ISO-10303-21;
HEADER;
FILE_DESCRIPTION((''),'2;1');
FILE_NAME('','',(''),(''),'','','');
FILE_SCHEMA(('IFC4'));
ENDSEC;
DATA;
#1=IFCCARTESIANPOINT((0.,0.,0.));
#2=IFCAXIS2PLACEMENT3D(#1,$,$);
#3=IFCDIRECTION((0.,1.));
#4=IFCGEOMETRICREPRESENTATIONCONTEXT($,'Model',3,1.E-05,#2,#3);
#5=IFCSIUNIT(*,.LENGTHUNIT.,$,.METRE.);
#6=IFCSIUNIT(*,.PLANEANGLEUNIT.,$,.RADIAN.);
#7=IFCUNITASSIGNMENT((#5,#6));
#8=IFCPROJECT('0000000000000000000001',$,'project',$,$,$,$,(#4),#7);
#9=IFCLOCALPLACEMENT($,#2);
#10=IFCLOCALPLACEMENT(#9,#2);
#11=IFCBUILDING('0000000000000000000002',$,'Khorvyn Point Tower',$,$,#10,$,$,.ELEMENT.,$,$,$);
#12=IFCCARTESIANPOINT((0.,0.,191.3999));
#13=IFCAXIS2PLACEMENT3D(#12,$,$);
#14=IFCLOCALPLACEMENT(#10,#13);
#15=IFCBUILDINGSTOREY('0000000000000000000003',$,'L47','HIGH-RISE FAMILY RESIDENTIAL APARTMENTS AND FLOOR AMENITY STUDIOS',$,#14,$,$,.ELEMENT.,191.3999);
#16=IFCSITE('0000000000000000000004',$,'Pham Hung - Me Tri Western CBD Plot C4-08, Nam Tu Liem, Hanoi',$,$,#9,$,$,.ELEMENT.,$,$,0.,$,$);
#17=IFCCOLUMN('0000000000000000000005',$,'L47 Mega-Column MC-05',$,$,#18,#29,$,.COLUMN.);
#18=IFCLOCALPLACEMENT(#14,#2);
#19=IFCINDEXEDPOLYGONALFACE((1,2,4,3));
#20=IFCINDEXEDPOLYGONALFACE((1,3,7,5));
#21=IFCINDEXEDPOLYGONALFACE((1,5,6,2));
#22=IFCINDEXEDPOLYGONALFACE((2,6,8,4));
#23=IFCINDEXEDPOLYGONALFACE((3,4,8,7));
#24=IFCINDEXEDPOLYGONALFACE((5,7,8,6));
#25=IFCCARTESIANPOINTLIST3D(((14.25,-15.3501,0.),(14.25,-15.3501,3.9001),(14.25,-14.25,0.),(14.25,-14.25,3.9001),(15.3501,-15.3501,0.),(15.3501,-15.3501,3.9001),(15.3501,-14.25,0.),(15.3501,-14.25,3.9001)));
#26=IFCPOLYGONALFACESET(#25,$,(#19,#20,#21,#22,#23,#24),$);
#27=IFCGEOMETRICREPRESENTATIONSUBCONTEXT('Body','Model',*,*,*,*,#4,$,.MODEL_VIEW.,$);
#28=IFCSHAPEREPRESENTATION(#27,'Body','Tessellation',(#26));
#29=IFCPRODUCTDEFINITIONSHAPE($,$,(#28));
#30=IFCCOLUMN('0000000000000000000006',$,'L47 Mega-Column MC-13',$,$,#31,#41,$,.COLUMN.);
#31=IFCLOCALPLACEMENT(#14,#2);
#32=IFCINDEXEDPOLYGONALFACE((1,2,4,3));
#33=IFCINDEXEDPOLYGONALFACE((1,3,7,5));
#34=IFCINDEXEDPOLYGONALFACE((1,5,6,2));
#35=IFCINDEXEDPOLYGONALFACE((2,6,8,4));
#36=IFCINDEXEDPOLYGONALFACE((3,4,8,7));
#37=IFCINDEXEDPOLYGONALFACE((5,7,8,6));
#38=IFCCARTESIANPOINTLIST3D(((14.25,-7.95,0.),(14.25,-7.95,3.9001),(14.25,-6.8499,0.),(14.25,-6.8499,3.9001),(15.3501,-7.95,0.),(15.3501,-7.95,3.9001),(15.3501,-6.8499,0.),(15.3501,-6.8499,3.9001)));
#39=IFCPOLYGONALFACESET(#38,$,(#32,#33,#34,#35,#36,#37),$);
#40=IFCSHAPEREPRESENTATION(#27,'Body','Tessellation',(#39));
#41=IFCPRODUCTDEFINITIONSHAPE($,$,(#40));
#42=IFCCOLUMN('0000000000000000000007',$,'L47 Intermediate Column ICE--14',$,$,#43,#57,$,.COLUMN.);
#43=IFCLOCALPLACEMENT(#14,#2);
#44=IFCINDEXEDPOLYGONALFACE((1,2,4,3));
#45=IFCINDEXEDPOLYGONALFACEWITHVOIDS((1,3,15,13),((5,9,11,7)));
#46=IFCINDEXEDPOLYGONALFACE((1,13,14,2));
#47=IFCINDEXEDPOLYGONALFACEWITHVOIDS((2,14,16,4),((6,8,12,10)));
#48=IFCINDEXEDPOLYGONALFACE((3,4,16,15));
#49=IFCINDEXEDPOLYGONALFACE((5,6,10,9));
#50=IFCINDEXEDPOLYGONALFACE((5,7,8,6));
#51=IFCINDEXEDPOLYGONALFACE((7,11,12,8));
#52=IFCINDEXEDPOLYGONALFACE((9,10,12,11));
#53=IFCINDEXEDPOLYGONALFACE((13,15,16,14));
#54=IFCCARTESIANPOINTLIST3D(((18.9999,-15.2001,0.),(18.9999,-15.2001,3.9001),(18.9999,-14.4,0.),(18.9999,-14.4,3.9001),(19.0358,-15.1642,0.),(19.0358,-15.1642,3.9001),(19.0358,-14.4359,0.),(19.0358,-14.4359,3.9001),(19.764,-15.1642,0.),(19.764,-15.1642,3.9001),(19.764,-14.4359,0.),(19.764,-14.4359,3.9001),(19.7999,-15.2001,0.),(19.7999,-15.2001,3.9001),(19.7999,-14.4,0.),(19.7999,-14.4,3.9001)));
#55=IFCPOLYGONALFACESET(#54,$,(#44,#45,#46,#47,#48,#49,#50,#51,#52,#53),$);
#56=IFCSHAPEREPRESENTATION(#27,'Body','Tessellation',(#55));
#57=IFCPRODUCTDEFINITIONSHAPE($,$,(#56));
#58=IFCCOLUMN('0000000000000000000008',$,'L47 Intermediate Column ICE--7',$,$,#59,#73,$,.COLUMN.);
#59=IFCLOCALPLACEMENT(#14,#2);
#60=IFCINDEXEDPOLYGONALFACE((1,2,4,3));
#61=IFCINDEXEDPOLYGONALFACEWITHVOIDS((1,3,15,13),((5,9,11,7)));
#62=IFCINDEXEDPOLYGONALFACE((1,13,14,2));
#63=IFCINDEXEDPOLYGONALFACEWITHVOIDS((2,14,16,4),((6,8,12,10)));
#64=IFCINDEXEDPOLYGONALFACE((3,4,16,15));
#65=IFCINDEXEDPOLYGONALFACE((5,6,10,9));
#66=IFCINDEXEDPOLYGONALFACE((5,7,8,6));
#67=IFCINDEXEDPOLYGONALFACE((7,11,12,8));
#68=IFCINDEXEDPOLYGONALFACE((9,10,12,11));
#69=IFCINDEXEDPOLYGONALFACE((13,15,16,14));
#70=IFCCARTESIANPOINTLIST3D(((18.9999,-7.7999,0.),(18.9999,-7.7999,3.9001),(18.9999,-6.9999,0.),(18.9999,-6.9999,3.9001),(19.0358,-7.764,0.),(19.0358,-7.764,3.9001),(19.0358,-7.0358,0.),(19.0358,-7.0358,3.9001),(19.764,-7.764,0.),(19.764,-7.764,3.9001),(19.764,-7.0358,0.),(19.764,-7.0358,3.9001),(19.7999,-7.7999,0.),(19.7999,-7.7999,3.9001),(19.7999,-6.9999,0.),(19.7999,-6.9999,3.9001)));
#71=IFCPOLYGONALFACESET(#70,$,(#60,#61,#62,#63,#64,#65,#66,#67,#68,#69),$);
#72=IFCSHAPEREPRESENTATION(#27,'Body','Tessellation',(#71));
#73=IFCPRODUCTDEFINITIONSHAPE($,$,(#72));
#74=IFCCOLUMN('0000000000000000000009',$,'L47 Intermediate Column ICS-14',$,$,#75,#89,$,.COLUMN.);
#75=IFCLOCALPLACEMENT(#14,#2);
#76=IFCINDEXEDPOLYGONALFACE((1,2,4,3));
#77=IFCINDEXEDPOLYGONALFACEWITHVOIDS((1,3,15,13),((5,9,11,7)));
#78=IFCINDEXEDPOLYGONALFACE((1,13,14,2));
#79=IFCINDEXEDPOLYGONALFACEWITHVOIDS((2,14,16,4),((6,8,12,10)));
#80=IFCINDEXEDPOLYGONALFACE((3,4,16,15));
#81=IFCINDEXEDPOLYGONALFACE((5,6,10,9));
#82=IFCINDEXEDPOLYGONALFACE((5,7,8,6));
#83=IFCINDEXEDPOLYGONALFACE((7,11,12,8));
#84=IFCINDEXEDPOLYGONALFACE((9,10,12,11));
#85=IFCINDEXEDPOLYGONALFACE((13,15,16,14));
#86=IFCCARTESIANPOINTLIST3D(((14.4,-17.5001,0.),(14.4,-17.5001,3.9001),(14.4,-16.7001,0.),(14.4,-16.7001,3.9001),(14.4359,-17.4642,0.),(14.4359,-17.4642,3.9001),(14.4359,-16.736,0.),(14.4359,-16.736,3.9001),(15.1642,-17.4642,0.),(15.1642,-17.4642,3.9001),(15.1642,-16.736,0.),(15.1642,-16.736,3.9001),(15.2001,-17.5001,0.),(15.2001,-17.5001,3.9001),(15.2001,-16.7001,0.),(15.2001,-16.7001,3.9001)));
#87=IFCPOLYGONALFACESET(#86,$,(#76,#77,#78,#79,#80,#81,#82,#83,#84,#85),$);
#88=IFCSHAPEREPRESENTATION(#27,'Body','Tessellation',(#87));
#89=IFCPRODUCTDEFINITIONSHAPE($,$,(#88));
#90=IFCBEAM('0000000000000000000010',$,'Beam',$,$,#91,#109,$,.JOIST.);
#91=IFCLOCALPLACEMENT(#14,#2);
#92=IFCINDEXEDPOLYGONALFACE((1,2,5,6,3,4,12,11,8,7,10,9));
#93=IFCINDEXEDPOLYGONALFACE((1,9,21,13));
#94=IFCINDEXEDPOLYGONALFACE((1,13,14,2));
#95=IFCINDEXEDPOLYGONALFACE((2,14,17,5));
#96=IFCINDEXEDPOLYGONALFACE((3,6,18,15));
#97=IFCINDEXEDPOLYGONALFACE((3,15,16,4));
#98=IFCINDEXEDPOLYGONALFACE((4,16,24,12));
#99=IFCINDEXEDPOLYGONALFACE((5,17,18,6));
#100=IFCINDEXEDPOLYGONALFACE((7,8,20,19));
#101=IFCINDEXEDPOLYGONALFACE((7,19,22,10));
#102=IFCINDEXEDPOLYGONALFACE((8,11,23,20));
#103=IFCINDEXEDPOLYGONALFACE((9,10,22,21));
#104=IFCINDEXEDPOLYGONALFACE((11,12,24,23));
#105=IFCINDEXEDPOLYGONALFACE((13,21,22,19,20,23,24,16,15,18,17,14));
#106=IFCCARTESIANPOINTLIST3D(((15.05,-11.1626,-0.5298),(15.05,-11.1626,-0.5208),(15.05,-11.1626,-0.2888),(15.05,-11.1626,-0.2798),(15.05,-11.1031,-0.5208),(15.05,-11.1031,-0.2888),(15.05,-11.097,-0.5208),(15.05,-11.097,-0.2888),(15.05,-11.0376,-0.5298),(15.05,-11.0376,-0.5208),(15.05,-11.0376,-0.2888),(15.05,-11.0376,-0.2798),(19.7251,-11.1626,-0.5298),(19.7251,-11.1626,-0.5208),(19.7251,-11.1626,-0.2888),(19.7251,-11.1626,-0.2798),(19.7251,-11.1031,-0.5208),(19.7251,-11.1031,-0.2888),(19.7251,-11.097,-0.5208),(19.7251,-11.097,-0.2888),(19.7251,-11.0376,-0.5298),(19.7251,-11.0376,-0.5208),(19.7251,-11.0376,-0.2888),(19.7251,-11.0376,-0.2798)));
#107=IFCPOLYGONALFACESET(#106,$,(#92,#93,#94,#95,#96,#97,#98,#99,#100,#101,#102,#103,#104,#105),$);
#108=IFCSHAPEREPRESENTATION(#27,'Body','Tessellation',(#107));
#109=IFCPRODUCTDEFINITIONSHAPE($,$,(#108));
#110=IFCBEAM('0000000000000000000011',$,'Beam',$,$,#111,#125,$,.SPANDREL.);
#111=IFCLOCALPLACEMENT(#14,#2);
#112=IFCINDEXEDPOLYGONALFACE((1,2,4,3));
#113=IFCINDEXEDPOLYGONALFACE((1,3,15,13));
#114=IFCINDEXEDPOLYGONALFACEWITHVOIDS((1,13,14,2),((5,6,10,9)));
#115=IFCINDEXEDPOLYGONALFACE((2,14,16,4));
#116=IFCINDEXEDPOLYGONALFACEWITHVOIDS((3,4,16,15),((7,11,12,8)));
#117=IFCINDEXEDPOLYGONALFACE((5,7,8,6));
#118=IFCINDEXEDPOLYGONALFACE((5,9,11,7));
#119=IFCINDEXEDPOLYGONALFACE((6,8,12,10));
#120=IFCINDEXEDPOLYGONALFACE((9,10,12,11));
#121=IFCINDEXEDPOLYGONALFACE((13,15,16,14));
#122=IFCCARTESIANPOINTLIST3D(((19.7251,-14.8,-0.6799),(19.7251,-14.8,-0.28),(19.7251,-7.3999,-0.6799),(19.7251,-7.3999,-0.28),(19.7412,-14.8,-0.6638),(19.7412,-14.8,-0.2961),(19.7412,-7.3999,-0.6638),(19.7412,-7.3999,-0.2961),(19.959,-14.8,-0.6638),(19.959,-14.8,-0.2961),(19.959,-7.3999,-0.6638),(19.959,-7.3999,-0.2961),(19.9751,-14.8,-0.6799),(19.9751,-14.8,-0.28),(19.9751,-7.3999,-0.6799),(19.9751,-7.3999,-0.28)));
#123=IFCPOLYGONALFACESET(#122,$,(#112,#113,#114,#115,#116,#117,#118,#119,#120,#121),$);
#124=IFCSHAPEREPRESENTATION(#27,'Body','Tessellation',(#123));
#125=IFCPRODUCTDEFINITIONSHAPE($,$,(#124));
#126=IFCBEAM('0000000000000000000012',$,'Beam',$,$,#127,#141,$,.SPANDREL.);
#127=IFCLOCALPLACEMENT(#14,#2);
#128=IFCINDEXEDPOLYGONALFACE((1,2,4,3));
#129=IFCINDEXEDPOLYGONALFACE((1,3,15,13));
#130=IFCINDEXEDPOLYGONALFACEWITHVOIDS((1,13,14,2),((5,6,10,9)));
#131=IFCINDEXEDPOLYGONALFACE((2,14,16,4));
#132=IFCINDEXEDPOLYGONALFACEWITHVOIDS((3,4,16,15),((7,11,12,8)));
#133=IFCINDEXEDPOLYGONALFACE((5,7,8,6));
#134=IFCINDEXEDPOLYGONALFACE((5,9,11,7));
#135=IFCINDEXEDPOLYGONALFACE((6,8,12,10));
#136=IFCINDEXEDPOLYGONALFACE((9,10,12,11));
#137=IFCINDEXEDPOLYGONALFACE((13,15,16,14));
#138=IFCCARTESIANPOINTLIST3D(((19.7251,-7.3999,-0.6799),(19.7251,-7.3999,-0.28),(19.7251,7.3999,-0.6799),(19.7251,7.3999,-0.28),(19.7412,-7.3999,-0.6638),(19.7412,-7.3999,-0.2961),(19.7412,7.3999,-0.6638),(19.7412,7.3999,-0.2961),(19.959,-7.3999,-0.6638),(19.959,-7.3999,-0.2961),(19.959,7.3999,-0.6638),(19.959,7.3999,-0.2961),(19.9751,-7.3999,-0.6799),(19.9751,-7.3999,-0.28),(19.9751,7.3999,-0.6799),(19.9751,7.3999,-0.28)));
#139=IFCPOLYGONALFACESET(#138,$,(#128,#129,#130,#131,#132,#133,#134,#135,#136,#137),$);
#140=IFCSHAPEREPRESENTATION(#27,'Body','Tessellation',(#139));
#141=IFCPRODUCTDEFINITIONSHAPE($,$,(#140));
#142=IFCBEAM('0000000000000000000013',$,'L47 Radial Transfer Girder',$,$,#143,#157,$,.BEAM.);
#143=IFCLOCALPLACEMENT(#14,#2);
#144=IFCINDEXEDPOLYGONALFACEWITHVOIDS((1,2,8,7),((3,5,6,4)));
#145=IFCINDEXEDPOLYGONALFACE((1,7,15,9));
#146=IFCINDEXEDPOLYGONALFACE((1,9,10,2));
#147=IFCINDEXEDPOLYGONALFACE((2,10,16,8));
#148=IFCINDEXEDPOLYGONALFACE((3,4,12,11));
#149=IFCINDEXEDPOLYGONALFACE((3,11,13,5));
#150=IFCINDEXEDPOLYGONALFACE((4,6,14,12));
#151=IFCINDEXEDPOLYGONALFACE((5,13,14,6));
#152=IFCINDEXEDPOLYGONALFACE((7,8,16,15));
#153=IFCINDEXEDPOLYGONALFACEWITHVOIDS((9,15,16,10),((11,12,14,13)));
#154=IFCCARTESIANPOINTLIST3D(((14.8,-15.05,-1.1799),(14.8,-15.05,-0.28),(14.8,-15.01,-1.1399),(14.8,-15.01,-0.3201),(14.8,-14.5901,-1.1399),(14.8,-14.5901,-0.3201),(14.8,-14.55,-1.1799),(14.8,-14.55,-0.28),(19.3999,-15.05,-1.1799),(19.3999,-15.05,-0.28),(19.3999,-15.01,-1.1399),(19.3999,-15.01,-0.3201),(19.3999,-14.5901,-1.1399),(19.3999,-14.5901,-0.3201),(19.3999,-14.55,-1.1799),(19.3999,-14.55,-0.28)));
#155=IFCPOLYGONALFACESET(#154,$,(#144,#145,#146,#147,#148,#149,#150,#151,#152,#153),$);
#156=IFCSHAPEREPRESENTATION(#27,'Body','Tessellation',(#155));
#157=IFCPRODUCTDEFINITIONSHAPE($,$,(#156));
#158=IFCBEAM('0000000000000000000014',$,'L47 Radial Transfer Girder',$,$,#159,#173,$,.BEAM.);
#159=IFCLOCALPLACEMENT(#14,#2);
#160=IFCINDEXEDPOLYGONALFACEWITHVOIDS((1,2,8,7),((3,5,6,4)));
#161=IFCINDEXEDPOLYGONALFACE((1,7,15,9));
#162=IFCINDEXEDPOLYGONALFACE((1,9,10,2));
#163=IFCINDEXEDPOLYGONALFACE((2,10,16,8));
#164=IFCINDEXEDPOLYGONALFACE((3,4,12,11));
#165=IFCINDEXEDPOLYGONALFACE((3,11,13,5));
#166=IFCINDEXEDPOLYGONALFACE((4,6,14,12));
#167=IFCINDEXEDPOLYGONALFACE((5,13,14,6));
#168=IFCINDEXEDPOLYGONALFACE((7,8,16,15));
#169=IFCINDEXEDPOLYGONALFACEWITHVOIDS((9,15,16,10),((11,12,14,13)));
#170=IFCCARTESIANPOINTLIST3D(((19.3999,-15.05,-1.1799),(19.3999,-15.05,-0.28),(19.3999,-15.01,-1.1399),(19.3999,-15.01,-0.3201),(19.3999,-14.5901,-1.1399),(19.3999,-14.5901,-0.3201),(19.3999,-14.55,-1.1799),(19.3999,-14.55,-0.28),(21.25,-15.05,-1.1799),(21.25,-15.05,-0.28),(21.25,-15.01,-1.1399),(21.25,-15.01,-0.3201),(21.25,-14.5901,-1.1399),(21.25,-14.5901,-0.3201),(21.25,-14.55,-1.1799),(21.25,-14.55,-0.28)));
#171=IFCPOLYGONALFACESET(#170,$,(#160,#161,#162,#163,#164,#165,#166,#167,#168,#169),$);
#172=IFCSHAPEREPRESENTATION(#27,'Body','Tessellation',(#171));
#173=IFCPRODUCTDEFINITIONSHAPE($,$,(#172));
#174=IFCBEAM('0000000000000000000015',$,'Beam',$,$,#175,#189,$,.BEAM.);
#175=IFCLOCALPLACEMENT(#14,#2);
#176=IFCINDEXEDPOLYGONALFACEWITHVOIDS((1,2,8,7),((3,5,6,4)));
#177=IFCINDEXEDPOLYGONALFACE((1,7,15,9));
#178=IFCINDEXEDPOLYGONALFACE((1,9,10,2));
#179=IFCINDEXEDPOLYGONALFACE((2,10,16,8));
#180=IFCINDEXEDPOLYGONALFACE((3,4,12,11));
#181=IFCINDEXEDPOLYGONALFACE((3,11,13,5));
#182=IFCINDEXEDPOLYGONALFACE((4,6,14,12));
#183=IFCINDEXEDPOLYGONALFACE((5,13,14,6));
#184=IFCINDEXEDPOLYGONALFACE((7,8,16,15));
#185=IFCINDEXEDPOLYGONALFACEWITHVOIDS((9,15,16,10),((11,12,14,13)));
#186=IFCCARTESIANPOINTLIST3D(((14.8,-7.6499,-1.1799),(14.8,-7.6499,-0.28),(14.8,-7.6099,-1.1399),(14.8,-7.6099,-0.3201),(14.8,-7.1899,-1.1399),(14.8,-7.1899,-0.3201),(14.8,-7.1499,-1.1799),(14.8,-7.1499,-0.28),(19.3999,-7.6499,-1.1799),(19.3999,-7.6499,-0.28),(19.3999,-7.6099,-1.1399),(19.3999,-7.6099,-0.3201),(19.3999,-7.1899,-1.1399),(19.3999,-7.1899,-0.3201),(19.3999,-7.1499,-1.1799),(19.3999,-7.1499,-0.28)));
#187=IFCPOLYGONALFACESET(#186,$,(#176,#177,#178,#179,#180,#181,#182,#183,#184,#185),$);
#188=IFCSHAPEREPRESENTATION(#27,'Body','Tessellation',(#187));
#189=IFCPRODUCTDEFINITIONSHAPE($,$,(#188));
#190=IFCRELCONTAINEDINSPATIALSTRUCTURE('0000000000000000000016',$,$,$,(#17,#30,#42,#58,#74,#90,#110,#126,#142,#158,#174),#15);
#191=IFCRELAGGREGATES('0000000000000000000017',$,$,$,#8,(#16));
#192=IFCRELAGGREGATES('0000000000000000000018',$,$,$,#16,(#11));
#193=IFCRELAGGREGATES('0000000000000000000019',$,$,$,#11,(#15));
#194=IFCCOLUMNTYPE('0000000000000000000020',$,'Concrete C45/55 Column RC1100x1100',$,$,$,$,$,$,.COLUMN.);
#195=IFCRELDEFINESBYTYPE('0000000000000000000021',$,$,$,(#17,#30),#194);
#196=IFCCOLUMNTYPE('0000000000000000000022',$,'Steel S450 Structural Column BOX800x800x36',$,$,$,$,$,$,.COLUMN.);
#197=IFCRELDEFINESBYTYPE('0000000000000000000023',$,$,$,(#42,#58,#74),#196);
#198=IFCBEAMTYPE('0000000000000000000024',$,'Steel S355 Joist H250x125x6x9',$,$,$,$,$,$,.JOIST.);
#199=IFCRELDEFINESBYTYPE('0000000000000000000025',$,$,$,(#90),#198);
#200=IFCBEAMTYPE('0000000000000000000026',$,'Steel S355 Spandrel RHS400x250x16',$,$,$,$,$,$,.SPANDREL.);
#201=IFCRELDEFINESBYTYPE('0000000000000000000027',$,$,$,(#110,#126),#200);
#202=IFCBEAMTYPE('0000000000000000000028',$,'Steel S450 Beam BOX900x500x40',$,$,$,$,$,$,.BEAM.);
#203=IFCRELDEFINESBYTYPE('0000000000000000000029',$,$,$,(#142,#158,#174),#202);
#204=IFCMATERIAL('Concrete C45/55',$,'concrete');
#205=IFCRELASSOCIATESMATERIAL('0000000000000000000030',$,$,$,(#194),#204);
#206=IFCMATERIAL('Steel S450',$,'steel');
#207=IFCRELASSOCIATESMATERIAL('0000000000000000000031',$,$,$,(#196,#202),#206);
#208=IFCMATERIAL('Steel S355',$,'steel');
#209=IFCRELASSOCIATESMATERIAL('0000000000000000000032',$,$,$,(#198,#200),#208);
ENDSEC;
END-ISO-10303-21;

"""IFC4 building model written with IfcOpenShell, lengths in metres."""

from ifc_helpers import new_model, si_unit, direction, frame, origin, origin_2d, place, context, subcontext, project, spatial, rectangle, hollow_rectangle, i_section, extrude, material, material_profile, profile_set, type_object, element, save


model = new_model("IFC4")

# Units and contexts
model_context = context("Model", 3, precision=1e-05, world=origin(), true_north=direction((0.0, 1.0)))
body_context = subcontext(model_context, "Body", "Model", "MODEL_VIEW")
ifc_project = project(units=[si_unit("LENGTHUNIT", "METRE"), si_unit("PLANEANGLEUNIT", "RADIAN")], contexts=[model_context])

# Site, building, storey
site_placement = place(None, origin())
site = spatial("IfcSite", under=ifc_project, at=site_placement, Name="Pham Hung - Me Tri Western CBD Plot C4-08, Nam Tu Liem, Hanoi", CompositionType="ELEMENT", RefElevation=0.0)
building_placement = place(site_placement, origin())
building = spatial("IfcBuilding", under=site, at=building_placement, Name="Khorvyn Point Tower", CompositionType="ELEMENT")
storey_placement = place(building_placement, frame((0.0, 0.0, 191.3999)))
storey = spatial("IfcBuildingStorey", under=building, at=storey_placement, Name="L47", Description="HIGH-RISE FAMILY RESIDENTIAL APARTMENTS AND FLOOR AMENITY STUDIOS", CompositionType="ELEMENT", Elevation=191.3999)

# Columns
ifc_material_1 = material(Name="Concrete C45/55", Category="concrete")
ifc_material_profile_1 = material_profile(ifc_material_1, rectangle(XDim=1.1001, YDim=1.1001, at=origin_2d()))
ifc_profile_set_1 = profile_set([ifc_material_profile_1], Name="Concrete C45/55 RC1100x1100")
column_type_1 = type_object("IfcColumnType", Name="Concrete C45/55 Column RC1100x1100", PredefinedType="COLUMN", material=ifc_profile_set_1)
for number, where, z_axis, x_axis, name in (
    (1, (14.8, -14.8, 0.0), (0.0, 0.0, 1.0), (1.0, 0.0, 0.0), "L47 Mega-Column MC-05"),
    (2, (14.8, -7.3999, 0.0), (0.0, 0.0, 1.0), (1.0, 0.0, 0.0), "L47 Mega-Column MC-13"),
):
    element("IfcColumn", number, at=place(storey_placement, frame(where, z_axis=z_axis, x_axis=x_axis)), inside=storey, type_object=column_type_1, Name=name, PredefinedType="COLUMN", context=body_context, shape_type="SweptSolid", body=[
        extrude(rectangle(XDim=1.1001, YDim=1.1001, at=origin_2d()), origin(), (0.0, 0.0, 1.0), 3.9001),
    ])
ifc_material_2 = material(Name="Steel S450", Category="steel")
ifc_material_profile_2 = material_profile(ifc_material_2, hollow_rectangle(XDim=0.8, YDim=0.8, WallThickness=0.0359, at=origin_2d()))
ifc_profile_set_2 = profile_set([ifc_material_profile_2], Name="Steel S450 BOX800x800x36")
column_type_2 = type_object("IfcColumnType", Name="Steel S450 Structural Column BOX800x800x36", PredefinedType="COLUMN", material=ifc_profile_set_2)
for number, where, z_axis, x_axis, name in (
    (3, (19.3999, -14.8, 0.0), (0.0, 0.0, 1.0), (1.0, 0.0, 0.0), "L47 Intermediate Column ICE--14"),
    (4, (19.3999, -7.3999, 0.0), (0.0, 0.0, 1.0), (1.0, 0.0, 0.0), "L47 Intermediate Column ICE--7"),
    (5, (14.8, -17.1001, 0.0), (0.0, 0.0, 1.0), (1.0, 0.0, 0.0), "L47 Intermediate Column ICS-14"),
):
    element("IfcColumn", number, at=place(storey_placement, frame(where, z_axis=z_axis, x_axis=x_axis)), inside=storey, type_object=column_type_2, Name=name, PredefinedType="COLUMN", context=body_context, shape_type="SweptSolid", body=[
        extrude(hollow_rectangle(XDim=0.8, YDim=0.8, WallThickness=0.0359, at=origin_2d()), origin(), (0.0, 0.0, 1.0), 3.9001),
    ])

# Beams
ifc_material_3 = material(Name="Steel S355", Category="steel")
ifc_material_profile_3 = material_profile(ifc_material_3, i_section(OverallWidth=0.125, OverallDepth=0.25, WebThickness=0.0061, FlangeThickness=0.009, at=origin_2d()))
ifc_profile_set_3 = profile_set([ifc_material_profile_3], Name="Steel S355 H250x125x6x9")
beam_type_1 = type_object("IfcBeamType", Name="Steel S355 Joist H250x125x6x9", PredefinedType="JOIST", material=ifc_profile_set_3)
beam_1_placement = place(storey_placement, frame((15.05, -11.1001, -0.4048), z_axis=(1.0, 0.0, 0.0), x_axis=(0.0, 1.0, 0.0)))
element("IfcBeam", 6, at=beam_1_placement, inside=storey, type_object=beam_type_1, Name="Beam", PredefinedType="JOIST", context=body_context, shape_type="SweptSolid", body=[
    extrude(i_section(OverallWidth=0.125, OverallDepth=0.25, WebThickness=0.0061, FlangeThickness=0.009, at=origin_2d()), origin(), (0.0, 0.0, 1.0), 4.675),
])
ifc_material_profile_4 = material_profile(ifc_material_3, hollow_rectangle(XDim=0.25, YDim=0.3999, WallThickness=0.0161, at=origin_2d()))
ifc_profile_set_4 = profile_set([ifc_material_profile_4], Name="Steel S355 RHS400x250x16")
beam_type_2 = type_object("IfcBeamType", Name="Steel S355 Spandrel RHS400x250x16", PredefinedType="SPANDREL", material=ifc_profile_set_4)
beam_2_placement = place(storey_placement, frame((19.8501, -14.8, -0.48), z_axis=(0.0, 1.0, 0.0), x_axis=(-1.0, 0.0, 0.0)))
element("IfcBeam", 7, at=beam_2_placement, inside=storey, type_object=beam_type_2, Name="Beam", PredefinedType="SPANDREL", context=body_context, shape_type="SweptSolid", body=[
    extrude(hollow_rectangle(XDim=0.25, YDim=0.3999, WallThickness=0.0161, at=origin_2d()), origin(), (0.0, 0.0, 1.0), 7.4001),
])
beam_3_placement = place(storey_placement, frame((19.8501, -7.3999, -0.48), z_axis=(0.0, 1.0, 0.0), x_axis=(-1.0, 0.0, 0.0)))
element("IfcBeam", 8, at=beam_3_placement, inside=storey, type_object=beam_type_2, Name="Beam", PredefinedType="SPANDREL", context=body_context, shape_type="SweptSolid", body=[
    extrude(hollow_rectangle(XDim=0.25, YDim=0.3999, WallThickness=0.0161, at=origin_2d()), origin(), (0.0, 0.0, 1.0), 14.7998),
])
ifc_material_profile_5 = material_profile(ifc_material_2, hollow_rectangle(XDim=0.5, YDim=0.8999, WallThickness=0.04, at=origin_2d()))
ifc_profile_set_5 = profile_set([ifc_material_profile_5], Name="Steel S450 BOX900x500x40")
beam_type_3 = type_object("IfcBeamType", Name="Steel S450 Beam BOX900x500x40", PredefinedType="BEAM", material=ifc_profile_set_5)
beam_4_placement = place(storey_placement, frame((14.8, -14.8, -0.73), z_axis=(1.0, 0.0, 0.0), x_axis=(0.0, 1.0, 0.0)))
element("IfcBeam", 9, at=beam_4_placement, inside=storey, type_object=beam_type_3, Name="L47 Radial Transfer Girder", PredefinedType="BEAM", context=body_context, shape_type="SweptSolid", body=[
    extrude(hollow_rectangle(XDim=0.5, YDim=0.8999, WallThickness=0.04, at=origin_2d()), origin(), (0.0, 0.0, 1.0), 4.5999),
])
beam_5_placement = place(storey_placement, frame((19.3999, -14.8, -0.73), z_axis=(1.0, 0.0, 0.0), x_axis=(0.0, 1.0, 0.0)))
element("IfcBeam", 10, at=beam_5_placement, inside=storey, type_object=beam_type_3, Name="L47 Radial Transfer Girder", PredefinedType="BEAM", context=body_context, shape_type="SweptSolid", body=[
    extrude(hollow_rectangle(XDim=0.5, YDim=0.8999, WallThickness=0.04, at=origin_2d()), origin(), (0.0, 0.0, 1.0), 1.8501),
])
beam_6_placement = place(storey_placement, frame((14.8, -7.3999, -0.73), z_axis=(1.0, 0.0, 0.0), x_axis=(0.0, 1.0, 0.0)))
element("IfcBeam", 11, at=beam_6_placement, inside=storey, type_object=beam_type_3, Name="Beam", PredefinedType="BEAM", context=body_context, shape_type="SweptSolid", body=[
    extrude(hollow_rectangle(XDim=0.5, YDim=0.8999, WallThickness=0.04, at=origin_2d()), origin(), (0.0, 0.0, 1.0), 4.5999),
])

save(model, "model.ifc")
